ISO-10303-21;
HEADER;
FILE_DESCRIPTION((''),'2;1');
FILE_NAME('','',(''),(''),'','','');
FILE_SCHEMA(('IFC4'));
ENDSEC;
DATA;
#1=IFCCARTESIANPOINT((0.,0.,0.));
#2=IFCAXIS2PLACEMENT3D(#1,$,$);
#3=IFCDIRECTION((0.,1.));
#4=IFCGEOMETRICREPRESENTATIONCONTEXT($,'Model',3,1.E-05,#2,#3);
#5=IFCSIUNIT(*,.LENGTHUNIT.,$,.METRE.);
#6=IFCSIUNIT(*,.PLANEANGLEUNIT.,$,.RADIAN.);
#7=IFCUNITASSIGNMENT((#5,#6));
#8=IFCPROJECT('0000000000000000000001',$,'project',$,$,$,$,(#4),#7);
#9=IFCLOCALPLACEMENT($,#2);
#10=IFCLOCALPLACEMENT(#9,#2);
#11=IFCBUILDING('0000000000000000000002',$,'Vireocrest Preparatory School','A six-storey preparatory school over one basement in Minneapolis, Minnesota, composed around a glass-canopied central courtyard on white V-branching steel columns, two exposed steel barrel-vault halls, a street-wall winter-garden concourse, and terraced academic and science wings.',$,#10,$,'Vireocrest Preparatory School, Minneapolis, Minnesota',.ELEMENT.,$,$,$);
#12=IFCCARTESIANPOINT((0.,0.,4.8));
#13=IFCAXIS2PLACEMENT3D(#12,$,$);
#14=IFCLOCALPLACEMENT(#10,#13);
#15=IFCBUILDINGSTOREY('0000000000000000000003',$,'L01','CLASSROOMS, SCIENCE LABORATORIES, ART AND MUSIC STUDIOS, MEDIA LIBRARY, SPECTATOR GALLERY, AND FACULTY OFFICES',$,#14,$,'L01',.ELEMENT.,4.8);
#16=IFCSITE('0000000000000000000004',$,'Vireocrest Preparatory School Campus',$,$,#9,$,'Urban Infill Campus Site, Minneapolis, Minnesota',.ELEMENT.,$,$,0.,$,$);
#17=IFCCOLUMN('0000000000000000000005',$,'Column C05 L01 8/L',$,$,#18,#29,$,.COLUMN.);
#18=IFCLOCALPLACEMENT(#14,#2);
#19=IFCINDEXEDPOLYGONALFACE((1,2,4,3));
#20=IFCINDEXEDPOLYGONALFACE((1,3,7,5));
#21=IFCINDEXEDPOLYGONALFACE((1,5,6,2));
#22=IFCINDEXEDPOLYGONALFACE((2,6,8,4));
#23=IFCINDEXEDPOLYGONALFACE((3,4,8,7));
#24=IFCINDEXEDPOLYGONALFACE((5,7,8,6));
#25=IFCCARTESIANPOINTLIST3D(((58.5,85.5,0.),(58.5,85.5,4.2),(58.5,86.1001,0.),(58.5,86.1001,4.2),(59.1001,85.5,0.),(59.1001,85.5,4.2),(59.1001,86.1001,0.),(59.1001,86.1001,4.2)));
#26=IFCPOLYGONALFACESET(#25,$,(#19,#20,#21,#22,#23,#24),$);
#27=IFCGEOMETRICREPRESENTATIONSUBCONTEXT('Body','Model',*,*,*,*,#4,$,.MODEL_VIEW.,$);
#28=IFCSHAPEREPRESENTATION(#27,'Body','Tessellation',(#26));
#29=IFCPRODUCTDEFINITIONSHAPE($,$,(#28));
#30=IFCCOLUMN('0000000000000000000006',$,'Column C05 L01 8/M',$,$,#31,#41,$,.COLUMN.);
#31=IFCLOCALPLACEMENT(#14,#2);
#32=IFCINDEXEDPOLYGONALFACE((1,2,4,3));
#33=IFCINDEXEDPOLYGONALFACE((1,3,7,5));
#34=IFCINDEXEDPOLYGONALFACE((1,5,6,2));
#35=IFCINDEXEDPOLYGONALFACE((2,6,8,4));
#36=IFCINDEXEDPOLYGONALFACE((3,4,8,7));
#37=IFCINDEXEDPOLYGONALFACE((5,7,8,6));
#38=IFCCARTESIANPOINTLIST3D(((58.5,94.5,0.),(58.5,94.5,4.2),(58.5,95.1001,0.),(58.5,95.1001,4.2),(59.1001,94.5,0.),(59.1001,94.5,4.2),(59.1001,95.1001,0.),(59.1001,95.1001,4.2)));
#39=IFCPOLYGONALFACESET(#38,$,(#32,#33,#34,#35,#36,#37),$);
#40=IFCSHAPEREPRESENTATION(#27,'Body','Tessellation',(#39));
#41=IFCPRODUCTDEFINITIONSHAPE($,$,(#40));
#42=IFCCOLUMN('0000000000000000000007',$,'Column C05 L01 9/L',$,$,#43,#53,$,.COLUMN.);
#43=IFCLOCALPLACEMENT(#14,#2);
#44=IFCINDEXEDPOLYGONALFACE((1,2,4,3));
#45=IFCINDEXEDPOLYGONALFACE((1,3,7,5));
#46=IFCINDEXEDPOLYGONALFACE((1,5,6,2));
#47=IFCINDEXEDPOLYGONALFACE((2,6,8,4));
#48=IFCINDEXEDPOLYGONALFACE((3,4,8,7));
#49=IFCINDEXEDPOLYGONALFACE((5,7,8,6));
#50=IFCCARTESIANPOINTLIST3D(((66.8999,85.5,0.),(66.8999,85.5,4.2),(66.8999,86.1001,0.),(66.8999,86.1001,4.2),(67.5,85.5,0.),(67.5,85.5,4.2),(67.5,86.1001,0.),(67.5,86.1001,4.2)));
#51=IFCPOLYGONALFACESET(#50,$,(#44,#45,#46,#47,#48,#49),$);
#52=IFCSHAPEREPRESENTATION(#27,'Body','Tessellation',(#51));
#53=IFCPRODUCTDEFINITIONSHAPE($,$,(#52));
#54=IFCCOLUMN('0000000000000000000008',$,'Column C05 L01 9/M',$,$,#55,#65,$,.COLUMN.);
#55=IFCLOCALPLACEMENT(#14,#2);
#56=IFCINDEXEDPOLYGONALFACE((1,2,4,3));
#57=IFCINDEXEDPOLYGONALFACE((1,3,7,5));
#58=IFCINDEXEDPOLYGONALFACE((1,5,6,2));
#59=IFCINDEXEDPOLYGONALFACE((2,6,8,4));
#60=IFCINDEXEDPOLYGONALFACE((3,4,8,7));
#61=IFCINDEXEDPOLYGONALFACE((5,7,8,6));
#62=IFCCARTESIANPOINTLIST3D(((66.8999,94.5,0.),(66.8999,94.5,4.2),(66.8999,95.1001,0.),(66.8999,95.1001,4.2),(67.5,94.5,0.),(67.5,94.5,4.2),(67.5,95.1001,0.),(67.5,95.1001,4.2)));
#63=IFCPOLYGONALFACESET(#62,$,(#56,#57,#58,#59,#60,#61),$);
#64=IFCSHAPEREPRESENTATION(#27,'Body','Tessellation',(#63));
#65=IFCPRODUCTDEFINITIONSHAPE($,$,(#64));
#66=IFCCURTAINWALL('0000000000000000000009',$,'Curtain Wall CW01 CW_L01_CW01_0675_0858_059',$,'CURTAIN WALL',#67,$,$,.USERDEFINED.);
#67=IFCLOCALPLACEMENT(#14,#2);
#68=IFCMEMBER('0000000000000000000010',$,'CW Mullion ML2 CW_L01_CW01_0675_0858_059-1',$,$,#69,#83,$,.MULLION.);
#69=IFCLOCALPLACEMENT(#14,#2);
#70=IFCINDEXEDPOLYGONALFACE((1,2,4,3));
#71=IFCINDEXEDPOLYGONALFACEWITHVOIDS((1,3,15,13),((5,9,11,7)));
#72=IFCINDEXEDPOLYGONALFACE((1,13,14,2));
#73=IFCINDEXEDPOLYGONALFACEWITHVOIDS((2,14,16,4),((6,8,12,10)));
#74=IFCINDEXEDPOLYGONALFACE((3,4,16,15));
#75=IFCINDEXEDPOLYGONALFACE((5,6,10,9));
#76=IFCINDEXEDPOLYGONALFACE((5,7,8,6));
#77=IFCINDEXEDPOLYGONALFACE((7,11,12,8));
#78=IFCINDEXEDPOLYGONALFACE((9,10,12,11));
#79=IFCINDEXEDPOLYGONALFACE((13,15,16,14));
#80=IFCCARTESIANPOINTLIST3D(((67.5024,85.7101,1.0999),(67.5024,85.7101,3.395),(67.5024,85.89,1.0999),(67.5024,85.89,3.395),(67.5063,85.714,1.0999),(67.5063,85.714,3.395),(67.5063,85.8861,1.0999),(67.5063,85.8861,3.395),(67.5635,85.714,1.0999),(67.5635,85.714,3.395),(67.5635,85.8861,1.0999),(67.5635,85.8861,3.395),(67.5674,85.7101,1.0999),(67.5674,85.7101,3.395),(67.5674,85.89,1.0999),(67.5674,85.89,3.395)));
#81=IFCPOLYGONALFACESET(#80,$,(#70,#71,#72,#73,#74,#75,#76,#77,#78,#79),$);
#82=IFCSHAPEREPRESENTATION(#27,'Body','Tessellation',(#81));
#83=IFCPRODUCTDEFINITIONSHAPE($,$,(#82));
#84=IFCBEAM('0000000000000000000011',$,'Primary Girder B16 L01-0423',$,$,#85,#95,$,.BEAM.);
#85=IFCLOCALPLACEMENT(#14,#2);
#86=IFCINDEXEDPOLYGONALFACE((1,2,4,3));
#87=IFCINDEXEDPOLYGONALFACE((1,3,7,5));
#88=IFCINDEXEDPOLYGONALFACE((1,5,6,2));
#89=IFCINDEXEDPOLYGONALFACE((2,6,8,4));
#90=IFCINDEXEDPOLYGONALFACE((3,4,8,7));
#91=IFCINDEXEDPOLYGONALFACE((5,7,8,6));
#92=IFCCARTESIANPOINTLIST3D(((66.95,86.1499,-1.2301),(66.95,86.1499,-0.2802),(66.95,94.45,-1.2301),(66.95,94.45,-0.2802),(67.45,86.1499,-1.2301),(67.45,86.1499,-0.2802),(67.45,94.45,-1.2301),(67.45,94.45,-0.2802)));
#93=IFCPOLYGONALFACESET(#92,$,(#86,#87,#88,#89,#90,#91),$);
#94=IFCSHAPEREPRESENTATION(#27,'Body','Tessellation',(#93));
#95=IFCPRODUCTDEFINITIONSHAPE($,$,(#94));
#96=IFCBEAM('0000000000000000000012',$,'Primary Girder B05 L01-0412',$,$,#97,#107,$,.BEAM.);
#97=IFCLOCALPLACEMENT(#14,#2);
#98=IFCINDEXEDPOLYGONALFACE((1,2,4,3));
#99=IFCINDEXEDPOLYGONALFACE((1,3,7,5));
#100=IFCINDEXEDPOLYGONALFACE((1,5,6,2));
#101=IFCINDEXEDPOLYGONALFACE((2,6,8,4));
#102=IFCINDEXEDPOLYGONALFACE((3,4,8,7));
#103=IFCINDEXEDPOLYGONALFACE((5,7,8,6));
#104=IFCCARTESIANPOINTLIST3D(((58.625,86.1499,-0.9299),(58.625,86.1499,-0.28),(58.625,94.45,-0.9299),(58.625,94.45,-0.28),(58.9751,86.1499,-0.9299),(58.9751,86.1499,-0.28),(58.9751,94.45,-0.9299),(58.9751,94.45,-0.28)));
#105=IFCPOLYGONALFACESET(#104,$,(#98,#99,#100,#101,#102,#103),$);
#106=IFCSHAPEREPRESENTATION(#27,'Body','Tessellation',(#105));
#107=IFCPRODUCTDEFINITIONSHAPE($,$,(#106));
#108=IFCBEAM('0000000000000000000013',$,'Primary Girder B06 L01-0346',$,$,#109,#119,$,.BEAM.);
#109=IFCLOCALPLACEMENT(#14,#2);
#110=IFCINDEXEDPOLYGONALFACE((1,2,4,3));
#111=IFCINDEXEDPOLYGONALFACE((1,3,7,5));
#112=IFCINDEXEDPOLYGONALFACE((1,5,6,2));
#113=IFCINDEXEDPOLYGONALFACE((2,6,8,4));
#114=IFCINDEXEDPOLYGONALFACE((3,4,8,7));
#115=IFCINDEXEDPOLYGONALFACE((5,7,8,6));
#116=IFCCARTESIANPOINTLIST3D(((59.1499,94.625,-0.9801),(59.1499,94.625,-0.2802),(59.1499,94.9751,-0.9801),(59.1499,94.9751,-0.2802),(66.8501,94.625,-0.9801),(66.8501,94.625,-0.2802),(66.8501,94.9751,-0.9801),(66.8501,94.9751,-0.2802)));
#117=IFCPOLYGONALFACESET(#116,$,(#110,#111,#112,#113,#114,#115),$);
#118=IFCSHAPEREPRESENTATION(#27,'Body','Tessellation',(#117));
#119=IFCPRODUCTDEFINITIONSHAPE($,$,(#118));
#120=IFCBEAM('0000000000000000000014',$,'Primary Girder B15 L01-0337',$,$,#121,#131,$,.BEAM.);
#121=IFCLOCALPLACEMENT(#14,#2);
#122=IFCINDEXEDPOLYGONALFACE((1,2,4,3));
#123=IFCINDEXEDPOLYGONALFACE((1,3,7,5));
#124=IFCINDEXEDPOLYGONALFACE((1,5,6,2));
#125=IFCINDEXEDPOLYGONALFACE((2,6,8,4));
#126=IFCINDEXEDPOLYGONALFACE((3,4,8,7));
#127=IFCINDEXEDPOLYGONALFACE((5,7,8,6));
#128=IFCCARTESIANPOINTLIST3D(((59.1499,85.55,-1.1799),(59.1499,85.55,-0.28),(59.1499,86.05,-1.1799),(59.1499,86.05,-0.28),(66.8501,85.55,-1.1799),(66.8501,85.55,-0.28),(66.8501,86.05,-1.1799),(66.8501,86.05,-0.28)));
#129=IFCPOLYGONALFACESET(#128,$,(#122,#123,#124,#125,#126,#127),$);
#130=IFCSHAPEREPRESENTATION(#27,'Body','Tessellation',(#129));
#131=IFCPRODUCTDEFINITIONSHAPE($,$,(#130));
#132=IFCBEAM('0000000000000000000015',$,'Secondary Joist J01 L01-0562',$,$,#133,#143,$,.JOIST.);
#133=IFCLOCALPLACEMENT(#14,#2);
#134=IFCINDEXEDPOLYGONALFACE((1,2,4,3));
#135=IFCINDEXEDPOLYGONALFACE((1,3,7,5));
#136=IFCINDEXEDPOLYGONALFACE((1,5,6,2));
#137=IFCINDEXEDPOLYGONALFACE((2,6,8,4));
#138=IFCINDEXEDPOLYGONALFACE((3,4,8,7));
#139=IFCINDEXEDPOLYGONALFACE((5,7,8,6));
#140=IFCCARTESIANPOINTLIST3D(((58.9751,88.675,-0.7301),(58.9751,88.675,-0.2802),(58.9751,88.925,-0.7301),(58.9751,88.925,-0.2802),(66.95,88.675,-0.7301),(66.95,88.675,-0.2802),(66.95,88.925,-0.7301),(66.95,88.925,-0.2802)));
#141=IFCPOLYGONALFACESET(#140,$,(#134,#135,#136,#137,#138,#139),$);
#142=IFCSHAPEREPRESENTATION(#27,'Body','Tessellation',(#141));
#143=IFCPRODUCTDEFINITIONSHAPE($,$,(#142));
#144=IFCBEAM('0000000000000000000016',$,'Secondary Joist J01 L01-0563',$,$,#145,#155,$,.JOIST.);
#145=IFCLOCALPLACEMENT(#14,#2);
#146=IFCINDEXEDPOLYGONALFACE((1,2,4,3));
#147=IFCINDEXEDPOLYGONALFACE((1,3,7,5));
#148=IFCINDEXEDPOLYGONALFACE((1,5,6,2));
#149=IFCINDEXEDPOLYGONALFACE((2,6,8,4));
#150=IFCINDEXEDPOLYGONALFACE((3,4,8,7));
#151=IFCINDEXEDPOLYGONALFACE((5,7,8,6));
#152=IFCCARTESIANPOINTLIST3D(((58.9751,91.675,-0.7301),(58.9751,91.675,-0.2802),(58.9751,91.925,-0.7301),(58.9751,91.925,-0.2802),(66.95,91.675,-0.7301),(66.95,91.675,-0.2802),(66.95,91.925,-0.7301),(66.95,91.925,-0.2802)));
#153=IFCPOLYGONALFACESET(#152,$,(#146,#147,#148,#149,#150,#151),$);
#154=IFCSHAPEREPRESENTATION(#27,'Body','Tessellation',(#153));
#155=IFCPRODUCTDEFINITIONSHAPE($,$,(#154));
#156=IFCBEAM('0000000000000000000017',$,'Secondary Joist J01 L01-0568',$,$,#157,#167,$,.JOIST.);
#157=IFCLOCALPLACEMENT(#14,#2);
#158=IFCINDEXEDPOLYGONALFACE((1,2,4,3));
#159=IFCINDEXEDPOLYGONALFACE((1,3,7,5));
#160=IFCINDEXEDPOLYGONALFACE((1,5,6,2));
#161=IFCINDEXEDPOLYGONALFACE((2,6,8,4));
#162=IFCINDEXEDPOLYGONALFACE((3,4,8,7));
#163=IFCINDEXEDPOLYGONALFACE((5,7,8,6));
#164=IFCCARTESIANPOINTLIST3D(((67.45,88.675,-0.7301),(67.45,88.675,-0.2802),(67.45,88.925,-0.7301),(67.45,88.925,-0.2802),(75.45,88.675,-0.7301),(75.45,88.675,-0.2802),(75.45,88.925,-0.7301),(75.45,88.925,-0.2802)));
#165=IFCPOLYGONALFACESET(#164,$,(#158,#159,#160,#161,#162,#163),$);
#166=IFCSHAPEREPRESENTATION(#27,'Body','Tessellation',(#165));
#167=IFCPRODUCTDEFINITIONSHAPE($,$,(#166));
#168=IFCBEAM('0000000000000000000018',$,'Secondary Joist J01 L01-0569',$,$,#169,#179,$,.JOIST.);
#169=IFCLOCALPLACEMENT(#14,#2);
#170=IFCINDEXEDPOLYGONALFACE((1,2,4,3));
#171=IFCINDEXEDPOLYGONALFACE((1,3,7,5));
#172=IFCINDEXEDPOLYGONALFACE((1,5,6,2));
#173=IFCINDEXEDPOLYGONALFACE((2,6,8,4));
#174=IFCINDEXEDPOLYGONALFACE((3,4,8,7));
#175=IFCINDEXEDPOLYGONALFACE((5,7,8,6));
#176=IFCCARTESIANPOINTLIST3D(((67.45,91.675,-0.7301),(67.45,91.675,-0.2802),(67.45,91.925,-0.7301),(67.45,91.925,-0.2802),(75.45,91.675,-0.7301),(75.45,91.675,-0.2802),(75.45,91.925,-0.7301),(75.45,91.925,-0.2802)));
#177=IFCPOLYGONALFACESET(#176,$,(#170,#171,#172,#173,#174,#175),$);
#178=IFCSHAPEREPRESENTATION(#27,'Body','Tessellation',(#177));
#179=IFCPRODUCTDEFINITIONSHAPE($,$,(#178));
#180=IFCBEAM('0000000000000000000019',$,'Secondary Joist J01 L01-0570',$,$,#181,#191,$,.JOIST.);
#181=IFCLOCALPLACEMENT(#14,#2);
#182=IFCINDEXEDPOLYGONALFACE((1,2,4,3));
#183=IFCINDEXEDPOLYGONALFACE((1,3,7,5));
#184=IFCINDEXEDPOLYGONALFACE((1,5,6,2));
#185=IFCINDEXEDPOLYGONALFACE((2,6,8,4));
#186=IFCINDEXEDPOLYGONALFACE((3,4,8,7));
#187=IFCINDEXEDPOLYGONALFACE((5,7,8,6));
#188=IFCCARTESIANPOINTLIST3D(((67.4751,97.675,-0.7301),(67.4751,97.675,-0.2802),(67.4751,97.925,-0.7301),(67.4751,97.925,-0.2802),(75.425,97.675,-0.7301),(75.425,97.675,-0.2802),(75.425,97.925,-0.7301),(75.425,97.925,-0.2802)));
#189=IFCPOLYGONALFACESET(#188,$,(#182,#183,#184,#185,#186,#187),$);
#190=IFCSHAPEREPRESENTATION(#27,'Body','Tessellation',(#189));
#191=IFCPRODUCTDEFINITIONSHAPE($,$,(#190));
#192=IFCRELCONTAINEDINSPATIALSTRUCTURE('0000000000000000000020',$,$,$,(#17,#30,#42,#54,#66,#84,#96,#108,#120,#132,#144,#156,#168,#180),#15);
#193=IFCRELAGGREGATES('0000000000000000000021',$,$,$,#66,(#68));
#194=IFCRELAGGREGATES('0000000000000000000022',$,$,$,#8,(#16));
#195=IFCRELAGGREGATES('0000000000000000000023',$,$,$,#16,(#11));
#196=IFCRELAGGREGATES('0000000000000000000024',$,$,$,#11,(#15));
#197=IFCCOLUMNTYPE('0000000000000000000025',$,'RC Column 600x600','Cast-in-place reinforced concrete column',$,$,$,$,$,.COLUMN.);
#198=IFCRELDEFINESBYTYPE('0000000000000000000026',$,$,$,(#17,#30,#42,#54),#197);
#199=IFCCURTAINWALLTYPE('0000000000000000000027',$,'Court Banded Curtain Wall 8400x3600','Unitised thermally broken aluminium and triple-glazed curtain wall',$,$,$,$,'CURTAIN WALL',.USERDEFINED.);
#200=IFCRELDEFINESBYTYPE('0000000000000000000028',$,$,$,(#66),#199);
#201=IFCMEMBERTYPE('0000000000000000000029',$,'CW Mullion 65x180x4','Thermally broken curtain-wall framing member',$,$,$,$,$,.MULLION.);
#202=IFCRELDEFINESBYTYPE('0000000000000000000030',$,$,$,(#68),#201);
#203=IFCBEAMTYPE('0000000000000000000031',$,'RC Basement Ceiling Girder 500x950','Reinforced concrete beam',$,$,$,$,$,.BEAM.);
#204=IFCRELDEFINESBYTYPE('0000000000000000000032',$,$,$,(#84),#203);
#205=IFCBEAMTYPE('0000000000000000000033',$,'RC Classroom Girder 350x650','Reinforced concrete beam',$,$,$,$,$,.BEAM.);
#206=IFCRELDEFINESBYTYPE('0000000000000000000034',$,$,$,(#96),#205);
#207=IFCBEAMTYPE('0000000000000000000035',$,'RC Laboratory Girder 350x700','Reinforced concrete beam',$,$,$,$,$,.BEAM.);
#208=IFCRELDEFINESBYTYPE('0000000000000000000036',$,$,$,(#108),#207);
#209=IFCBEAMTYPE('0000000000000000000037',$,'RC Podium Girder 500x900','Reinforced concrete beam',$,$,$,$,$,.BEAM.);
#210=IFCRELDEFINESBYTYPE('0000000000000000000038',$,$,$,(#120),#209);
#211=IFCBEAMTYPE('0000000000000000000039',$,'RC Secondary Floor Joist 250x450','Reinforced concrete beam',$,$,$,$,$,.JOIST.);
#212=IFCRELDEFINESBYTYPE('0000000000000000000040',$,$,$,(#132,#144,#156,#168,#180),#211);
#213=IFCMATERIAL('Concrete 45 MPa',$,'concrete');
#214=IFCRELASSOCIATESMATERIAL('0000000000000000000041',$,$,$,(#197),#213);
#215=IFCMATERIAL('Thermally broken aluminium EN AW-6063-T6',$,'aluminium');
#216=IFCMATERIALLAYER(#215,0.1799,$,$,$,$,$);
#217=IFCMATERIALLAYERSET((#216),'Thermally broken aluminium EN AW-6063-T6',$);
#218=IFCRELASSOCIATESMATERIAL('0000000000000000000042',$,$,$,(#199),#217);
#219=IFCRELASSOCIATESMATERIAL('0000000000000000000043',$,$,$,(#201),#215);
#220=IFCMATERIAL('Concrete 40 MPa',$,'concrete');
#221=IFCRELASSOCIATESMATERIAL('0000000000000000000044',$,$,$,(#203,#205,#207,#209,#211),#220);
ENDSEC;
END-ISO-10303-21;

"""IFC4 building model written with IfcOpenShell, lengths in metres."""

from ifc_helpers import new_model, si_unit, direction, frame, origin, origin_2d, place, context, subcontext, project, spatial, rectangle, hollow_rectangle, extrude, material, layer, layer_set, material_profile, profile_set, type_object, element, aggregate, save


model = new_model("IFC4")

# Units and contexts
model_context = context("Model", 3, precision=1e-05, world=origin(), true_north=direction((0.0, 1.0)))
body_context = subcontext(model_context, "Body", "Model", "MODEL_VIEW")
ifc_project = project(units=[si_unit("LENGTHUNIT", "METRE"), si_unit("PLANEANGLEUNIT", "RADIAN")], contexts=[model_context])

# Site, building, storey
site_placement = place(None, origin())
site = spatial("IfcSite", under=ifc_project, at=site_placement, Name="Vireocrest Preparatory School Campus", LongName="Urban Infill Campus Site, Minneapolis, Minnesota", CompositionType="ELEMENT", RefElevation=0.0)
building_placement = place(site_placement, origin())
building = spatial("IfcBuilding", under=site, at=building_placement, Name="Vireocrest Preparatory School", Description="A six-storey preparatory school over one basement in Minneapolis, Minnesota, composed around a glass-canopied central courtyard on white V-branching steel columns, two exposed steel barrel-vault halls, a street-wall winter-garden concourse, and terraced academic and science wings.", LongName="Vireocrest Preparatory School, Minneapolis, Minnesota", CompositionType="ELEMENT")
storey_placement = place(building_placement, frame((0.0, 0.0, 4.8)))
storey = spatial("IfcBuildingStorey", under=building, at=storey_placement, Name="L01", Description="CLASSROOMS, SCIENCE LABORATORIES, ART AND MUSIC STUDIOS, MEDIA LIBRARY, SPECTATOR GALLERY, AND FACULTY OFFICES", LongName="L01", CompositionType="ELEMENT", Elevation=4.8)

# Columns
ifc_material_1 = material(Name="Concrete 45 MPa", Category="concrete")
ifc_material_profile_1 = material_profile(ifc_material_1, rectangle(XDim=0.6001, YDim=0.6001, at=origin_2d()), Name="RC 600x600")
ifc_profile_set_1 = profile_set([ifc_material_profile_1], Name="Concrete 45 MPa")
column_type = type_object("IfcColumnType", Name="RC Column 600x600", Description="Cast-in-place reinforced concrete column", PredefinedType="COLUMN", material=ifc_profile_set_1)
for number, where, z_axis, x_axis, name in (
    (1, (58.8, 85.8, 0.0), (0.0, 0.0, 1.0), (1.0, 0.0, 0.0), "Column C05 L01 8/L"),
    (2, (58.8, 94.8, 0.0), (0.0, 0.0, 1.0), (1.0, 0.0, 0.0), "Column C05 L01 8/M"),
    (3, (67.2, 85.8, 0.0), (0.0, 0.0, 1.0), (1.0, 0.0, 0.0), "Column C05 L01 9/L"),
    (4, (67.2, 94.8, 0.0), (0.0, 0.0, 1.0), (1.0, 0.0, 0.0), "Column C05 L01 9/M"),
):
    element("IfcColumn", number, at=place(storey_placement, frame(where, z_axis=z_axis, x_axis=x_axis)), inside=storey, type_object=column_type, Name=name, PredefinedType="COLUMN", context=body_context, shape_type="SweptSolid", body=[
        extrude(rectangle(XDim=0.6001, YDim=0.6001, at=origin_2d()), origin(), (0.0, 0.0, 1.0), 4.2),
    ])

# Curtain wall, member
ifc_material_2 = material(Name="Thermally broken aluminium EN AW-6063-T6", Category="aluminium")
ifc_layer_1 = layer(ifc_material_2, 0.1799)
ifc_layer_set_1 = layer_set([ifc_layer_1], Name="Thermally broken aluminium EN AW-6063-T6")
curtain_wall_type = type_object("IfcCurtainWallType", Name="Court Banded Curtain Wall 8400x3600", Description="Unitised thermally broken aluminium and triple-glazed curtain wall", ElementType="CURTAIN WALL", PredefinedType="USERDEFINED", material=ifc_layer_set_1)
curtain_wall_placement = place(storey_placement, origin())
curtain_wall = element("IfcCurtainWall", 5, at=curtain_wall_placement, inside=storey, type_object=curtain_wall_type, Name="Curtain Wall CW01 CW_L01_CW01_0675_0858_059", ObjectType="CURTAIN WALL", PredefinedType="USERDEFINED")
ifc_material_profile_2 = material_profile(ifc_material_2, hollow_rectangle(XDim=0.0649, YDim=0.1799, WallThickness=0.0039, at=origin_2d()), Name="ALU 65x180x4")
ifc_profile_set_2 = profile_set([ifc_material_profile_2], Name="Thermally broken aluminium EN AW-6063-T6")
member_type = type_object("IfcMemberType", Name="CW Mullion 65x180x4", Description="Thermally broken curtain-wall framing member", PredefinedType="MULLION", material=ifc_profile_set_2)
member_placement = place(storey_placement, frame((67.5349, 85.8, 1.0999), z_axis=(0.0, 0.0, 1.0), x_axis=(1.0, 0.0, 0.0)))
member = element("IfcMember", 6, at=member_placement, type_object=member_type, Name="CW Mullion ML2 CW_L01_CW01_0675_0858_059-1", PredefinedType="MULLION", context=body_context, shape_type="SweptSolid", body=[
    extrude(hollow_rectangle(XDim=0.0649, YDim=0.1799, WallThickness=0.0039, at=origin_2d()), origin(), (0.0, 0.0, 1.0), 2.2952),
])
aggregate(curtain_wall, [member])

# Beams
ifc_material_3 = material(Name="Concrete 40 MPa", Category="concrete")
ifc_material_profile_3 = material_profile(ifc_material_3, rectangle(XDim=0.5, YDim=0.95, at=origin_2d()), Name="RC 500x950")
ifc_profile_set_3 = profile_set([ifc_material_profile_3], Name="Concrete 40 MPa")
beam_type_1 = type_object("IfcBeamType", Name="RC Basement Ceiling Girder 500x950", Description="Reinforced concrete beam", PredefinedType="BEAM", material=ifc_profile_set_3)
beam_1_placement = place(storey_placement, frame((67.2, 86.1499, -0.7551), z_axis=(0.0, 1.0, 0.0), x_axis=(-1.0, 0.0, 0.0)))
element("IfcBeam", 7, at=beam_1_placement, inside=storey, type_object=beam_type_1, Name="Primary Girder B16 L01-0423", PredefinedType="BEAM", context=body_context, shape_type="SweptSolid", body=[
    extrude(rectangle(XDim=0.5, YDim=0.95, at=origin_2d()), origin(), (0.0, 0.0, 1.0), 8.3),
])
ifc_material_profile_4 = material_profile(ifc_material_3, rectangle(XDim=0.3501, YDim=0.6499, at=origin_2d()), Name="RC 350x650")
ifc_profile_set_4 = profile_set([ifc_material_profile_4], Name="Concrete 40 MPa")
beam_type_2 = type_object("IfcBeamType", Name="RC Classroom Girder 350x650", Description="Reinforced concrete beam", PredefinedType="BEAM", material=ifc_profile_set_4)
beam_2_placement = place(storey_placement, frame((58.8, 86.1499, -0.605), z_axis=(0.0, 1.0, 0.0), x_axis=(-1.0, 0.0, 0.0)))
element("IfcBeam", 8, at=beam_2_placement, inside=storey, type_object=beam_type_2, Name="Primary Girder B05 L01-0412", PredefinedType="BEAM", context=body_context, shape_type="SweptSolid", body=[
    extrude(rectangle(XDim=0.3501, YDim=0.6499, at=origin_2d()), origin(), (0.0, 0.0, 1.0), 8.3),
])
ifc_material_profile_5 = material_profile(ifc_material_3, rectangle(XDim=0.3501, YDim=0.7, at=origin_2d()), Name="RC 350x700")
ifc_profile_set_5 = profile_set([ifc_material_profile_5], Name="Concrete 40 MPa")
beam_type_3 = type_object("IfcBeamType", Name="RC Laboratory Girder 350x700", Description="Reinforced concrete beam", PredefinedType="BEAM", material=ifc_profile_set_5)
beam_3_placement = place(storey_placement, frame((59.1499, 94.8, -0.6301), z_axis=(1.0, 0.0, 0.0), x_axis=(0.0, 1.0, 0.0)))
element("IfcBeam", 9, at=beam_3_placement, inside=storey, type_object=beam_type_3, Name="Primary Girder B06 L01-0346", PredefinedType="BEAM", context=body_context, shape_type="SweptSolid", body=[
    extrude(rectangle(XDim=0.3501, YDim=0.7, at=origin_2d()), origin(), (0.0, 0.0, 1.0), 7.7002),
])
ifc_material_profile_6 = material_profile(ifc_material_3, rectangle(XDim=0.5, YDim=0.8999, at=origin_2d()), Name="RC 500x900")
ifc_profile_set_6 = profile_set([ifc_material_profile_6], Name="Concrete 40 MPa")
beam_type_4 = type_object("IfcBeamType", Name="RC Podium Girder 500x900", Description="Reinforced concrete beam", PredefinedType="BEAM", material=ifc_profile_set_6)
beam_4_placement = place(storey_placement, frame((59.1499, 85.8, -0.73), z_axis=(1.0, 0.0, 0.0), x_axis=(0.0, 1.0, 0.0)))
element("IfcBeam", 10, at=beam_4_placement, inside=storey, type_object=beam_type_4, Name="Primary Girder B15 L01-0337", PredefinedType="BEAM", context=body_context, shape_type="SweptSolid", body=[
    extrude(rectangle(XDim=0.5, YDim=0.8999, at=origin_2d()), origin(), (0.0, 0.0, 1.0), 7.7002),
])
ifc_material_profile_7 = material_profile(ifc_material_3, rectangle(XDim=0.25, YDim=0.45, at=origin_2d()), Name="RC 250x450")
ifc_profile_set_7 = profile_set([ifc_material_profile_7], Name="Concrete 40 MPa")
beam_type_5 = type_object("IfcBeamType", Name="RC Secondary Floor Joist 250x450", Description="Reinforced concrete beam", PredefinedType="JOIST", material=ifc_profile_set_7)
for number, where, z_axis, x_axis, name in (
    (11, (58.9751, 88.8, -0.5051), (1.0, 0.0, 0.0), (0.0, 1.0, 0.0), "Secondary Joist J01 L01-0562"),
    (12, (58.9751, 91.8, -0.5051), (1.0, 0.0, 0.0), (0.0, 1.0, 0.0), "Secondary Joist J01 L01-0563"),
):
    element("IfcBeam", number, at=place(storey_placement, frame(where, z_axis=z_axis, x_axis=x_axis)), inside=storey, type_object=beam_type_5, Name=name, PredefinedType="JOIST", context=body_context, shape_type="SweptSolid", body=[
        extrude(rectangle(XDim=0.25, YDim=0.45, at=origin_2d()), origin(), (0.0, 0.0, 1.0), 7.9749),
    ])
for number, where, z_axis, x_axis, name in (
    (13, (67.45, 88.8, -0.5051), (1.0, 0.0, 0.0), (0.0, 1.0, 0.0), "Secondary Joist J01 L01-0568"),
    (14, (67.45, 91.8, -0.5051), (1.0, 0.0, 0.0), (0.0, 1.0, 0.0), "Secondary Joist J01 L01-0569"),
):
    element("IfcBeam", number, at=place(storey_placement, frame(where, z_axis=z_axis, x_axis=x_axis)), inside=storey, type_object=beam_type_5, Name=name, PredefinedType="JOIST", context=body_context, shape_type="SweptSolid", body=[
        extrude(rectangle(XDim=0.25, YDim=0.45, at=origin_2d()), origin(), (0.0, 0.0, 1.0), 8.0),
    ])
for number, where, z_axis, x_axis, name in (
    (15, (67.4751, 97.8, -0.5051), (1.0, 0.0, 0.0), (0.0, 1.0, 0.0), "Secondary Joist J01 L01-0570"),
):
    element("IfcBeam", number, at=place(storey_placement, frame(where, z_axis=z_axis, x_axis=x_axis)), inside=storey, type_object=beam_type_5, Name=name, PredefinedType="JOIST", context=body_context, shape_type="SweptSolid", body=[
        extrude(rectangle(XDim=0.25, YDim=0.45, at=origin_2d()), origin(), (0.0, 0.0, 1.0), 7.95),
    ])

save(model, "model.ifc")
